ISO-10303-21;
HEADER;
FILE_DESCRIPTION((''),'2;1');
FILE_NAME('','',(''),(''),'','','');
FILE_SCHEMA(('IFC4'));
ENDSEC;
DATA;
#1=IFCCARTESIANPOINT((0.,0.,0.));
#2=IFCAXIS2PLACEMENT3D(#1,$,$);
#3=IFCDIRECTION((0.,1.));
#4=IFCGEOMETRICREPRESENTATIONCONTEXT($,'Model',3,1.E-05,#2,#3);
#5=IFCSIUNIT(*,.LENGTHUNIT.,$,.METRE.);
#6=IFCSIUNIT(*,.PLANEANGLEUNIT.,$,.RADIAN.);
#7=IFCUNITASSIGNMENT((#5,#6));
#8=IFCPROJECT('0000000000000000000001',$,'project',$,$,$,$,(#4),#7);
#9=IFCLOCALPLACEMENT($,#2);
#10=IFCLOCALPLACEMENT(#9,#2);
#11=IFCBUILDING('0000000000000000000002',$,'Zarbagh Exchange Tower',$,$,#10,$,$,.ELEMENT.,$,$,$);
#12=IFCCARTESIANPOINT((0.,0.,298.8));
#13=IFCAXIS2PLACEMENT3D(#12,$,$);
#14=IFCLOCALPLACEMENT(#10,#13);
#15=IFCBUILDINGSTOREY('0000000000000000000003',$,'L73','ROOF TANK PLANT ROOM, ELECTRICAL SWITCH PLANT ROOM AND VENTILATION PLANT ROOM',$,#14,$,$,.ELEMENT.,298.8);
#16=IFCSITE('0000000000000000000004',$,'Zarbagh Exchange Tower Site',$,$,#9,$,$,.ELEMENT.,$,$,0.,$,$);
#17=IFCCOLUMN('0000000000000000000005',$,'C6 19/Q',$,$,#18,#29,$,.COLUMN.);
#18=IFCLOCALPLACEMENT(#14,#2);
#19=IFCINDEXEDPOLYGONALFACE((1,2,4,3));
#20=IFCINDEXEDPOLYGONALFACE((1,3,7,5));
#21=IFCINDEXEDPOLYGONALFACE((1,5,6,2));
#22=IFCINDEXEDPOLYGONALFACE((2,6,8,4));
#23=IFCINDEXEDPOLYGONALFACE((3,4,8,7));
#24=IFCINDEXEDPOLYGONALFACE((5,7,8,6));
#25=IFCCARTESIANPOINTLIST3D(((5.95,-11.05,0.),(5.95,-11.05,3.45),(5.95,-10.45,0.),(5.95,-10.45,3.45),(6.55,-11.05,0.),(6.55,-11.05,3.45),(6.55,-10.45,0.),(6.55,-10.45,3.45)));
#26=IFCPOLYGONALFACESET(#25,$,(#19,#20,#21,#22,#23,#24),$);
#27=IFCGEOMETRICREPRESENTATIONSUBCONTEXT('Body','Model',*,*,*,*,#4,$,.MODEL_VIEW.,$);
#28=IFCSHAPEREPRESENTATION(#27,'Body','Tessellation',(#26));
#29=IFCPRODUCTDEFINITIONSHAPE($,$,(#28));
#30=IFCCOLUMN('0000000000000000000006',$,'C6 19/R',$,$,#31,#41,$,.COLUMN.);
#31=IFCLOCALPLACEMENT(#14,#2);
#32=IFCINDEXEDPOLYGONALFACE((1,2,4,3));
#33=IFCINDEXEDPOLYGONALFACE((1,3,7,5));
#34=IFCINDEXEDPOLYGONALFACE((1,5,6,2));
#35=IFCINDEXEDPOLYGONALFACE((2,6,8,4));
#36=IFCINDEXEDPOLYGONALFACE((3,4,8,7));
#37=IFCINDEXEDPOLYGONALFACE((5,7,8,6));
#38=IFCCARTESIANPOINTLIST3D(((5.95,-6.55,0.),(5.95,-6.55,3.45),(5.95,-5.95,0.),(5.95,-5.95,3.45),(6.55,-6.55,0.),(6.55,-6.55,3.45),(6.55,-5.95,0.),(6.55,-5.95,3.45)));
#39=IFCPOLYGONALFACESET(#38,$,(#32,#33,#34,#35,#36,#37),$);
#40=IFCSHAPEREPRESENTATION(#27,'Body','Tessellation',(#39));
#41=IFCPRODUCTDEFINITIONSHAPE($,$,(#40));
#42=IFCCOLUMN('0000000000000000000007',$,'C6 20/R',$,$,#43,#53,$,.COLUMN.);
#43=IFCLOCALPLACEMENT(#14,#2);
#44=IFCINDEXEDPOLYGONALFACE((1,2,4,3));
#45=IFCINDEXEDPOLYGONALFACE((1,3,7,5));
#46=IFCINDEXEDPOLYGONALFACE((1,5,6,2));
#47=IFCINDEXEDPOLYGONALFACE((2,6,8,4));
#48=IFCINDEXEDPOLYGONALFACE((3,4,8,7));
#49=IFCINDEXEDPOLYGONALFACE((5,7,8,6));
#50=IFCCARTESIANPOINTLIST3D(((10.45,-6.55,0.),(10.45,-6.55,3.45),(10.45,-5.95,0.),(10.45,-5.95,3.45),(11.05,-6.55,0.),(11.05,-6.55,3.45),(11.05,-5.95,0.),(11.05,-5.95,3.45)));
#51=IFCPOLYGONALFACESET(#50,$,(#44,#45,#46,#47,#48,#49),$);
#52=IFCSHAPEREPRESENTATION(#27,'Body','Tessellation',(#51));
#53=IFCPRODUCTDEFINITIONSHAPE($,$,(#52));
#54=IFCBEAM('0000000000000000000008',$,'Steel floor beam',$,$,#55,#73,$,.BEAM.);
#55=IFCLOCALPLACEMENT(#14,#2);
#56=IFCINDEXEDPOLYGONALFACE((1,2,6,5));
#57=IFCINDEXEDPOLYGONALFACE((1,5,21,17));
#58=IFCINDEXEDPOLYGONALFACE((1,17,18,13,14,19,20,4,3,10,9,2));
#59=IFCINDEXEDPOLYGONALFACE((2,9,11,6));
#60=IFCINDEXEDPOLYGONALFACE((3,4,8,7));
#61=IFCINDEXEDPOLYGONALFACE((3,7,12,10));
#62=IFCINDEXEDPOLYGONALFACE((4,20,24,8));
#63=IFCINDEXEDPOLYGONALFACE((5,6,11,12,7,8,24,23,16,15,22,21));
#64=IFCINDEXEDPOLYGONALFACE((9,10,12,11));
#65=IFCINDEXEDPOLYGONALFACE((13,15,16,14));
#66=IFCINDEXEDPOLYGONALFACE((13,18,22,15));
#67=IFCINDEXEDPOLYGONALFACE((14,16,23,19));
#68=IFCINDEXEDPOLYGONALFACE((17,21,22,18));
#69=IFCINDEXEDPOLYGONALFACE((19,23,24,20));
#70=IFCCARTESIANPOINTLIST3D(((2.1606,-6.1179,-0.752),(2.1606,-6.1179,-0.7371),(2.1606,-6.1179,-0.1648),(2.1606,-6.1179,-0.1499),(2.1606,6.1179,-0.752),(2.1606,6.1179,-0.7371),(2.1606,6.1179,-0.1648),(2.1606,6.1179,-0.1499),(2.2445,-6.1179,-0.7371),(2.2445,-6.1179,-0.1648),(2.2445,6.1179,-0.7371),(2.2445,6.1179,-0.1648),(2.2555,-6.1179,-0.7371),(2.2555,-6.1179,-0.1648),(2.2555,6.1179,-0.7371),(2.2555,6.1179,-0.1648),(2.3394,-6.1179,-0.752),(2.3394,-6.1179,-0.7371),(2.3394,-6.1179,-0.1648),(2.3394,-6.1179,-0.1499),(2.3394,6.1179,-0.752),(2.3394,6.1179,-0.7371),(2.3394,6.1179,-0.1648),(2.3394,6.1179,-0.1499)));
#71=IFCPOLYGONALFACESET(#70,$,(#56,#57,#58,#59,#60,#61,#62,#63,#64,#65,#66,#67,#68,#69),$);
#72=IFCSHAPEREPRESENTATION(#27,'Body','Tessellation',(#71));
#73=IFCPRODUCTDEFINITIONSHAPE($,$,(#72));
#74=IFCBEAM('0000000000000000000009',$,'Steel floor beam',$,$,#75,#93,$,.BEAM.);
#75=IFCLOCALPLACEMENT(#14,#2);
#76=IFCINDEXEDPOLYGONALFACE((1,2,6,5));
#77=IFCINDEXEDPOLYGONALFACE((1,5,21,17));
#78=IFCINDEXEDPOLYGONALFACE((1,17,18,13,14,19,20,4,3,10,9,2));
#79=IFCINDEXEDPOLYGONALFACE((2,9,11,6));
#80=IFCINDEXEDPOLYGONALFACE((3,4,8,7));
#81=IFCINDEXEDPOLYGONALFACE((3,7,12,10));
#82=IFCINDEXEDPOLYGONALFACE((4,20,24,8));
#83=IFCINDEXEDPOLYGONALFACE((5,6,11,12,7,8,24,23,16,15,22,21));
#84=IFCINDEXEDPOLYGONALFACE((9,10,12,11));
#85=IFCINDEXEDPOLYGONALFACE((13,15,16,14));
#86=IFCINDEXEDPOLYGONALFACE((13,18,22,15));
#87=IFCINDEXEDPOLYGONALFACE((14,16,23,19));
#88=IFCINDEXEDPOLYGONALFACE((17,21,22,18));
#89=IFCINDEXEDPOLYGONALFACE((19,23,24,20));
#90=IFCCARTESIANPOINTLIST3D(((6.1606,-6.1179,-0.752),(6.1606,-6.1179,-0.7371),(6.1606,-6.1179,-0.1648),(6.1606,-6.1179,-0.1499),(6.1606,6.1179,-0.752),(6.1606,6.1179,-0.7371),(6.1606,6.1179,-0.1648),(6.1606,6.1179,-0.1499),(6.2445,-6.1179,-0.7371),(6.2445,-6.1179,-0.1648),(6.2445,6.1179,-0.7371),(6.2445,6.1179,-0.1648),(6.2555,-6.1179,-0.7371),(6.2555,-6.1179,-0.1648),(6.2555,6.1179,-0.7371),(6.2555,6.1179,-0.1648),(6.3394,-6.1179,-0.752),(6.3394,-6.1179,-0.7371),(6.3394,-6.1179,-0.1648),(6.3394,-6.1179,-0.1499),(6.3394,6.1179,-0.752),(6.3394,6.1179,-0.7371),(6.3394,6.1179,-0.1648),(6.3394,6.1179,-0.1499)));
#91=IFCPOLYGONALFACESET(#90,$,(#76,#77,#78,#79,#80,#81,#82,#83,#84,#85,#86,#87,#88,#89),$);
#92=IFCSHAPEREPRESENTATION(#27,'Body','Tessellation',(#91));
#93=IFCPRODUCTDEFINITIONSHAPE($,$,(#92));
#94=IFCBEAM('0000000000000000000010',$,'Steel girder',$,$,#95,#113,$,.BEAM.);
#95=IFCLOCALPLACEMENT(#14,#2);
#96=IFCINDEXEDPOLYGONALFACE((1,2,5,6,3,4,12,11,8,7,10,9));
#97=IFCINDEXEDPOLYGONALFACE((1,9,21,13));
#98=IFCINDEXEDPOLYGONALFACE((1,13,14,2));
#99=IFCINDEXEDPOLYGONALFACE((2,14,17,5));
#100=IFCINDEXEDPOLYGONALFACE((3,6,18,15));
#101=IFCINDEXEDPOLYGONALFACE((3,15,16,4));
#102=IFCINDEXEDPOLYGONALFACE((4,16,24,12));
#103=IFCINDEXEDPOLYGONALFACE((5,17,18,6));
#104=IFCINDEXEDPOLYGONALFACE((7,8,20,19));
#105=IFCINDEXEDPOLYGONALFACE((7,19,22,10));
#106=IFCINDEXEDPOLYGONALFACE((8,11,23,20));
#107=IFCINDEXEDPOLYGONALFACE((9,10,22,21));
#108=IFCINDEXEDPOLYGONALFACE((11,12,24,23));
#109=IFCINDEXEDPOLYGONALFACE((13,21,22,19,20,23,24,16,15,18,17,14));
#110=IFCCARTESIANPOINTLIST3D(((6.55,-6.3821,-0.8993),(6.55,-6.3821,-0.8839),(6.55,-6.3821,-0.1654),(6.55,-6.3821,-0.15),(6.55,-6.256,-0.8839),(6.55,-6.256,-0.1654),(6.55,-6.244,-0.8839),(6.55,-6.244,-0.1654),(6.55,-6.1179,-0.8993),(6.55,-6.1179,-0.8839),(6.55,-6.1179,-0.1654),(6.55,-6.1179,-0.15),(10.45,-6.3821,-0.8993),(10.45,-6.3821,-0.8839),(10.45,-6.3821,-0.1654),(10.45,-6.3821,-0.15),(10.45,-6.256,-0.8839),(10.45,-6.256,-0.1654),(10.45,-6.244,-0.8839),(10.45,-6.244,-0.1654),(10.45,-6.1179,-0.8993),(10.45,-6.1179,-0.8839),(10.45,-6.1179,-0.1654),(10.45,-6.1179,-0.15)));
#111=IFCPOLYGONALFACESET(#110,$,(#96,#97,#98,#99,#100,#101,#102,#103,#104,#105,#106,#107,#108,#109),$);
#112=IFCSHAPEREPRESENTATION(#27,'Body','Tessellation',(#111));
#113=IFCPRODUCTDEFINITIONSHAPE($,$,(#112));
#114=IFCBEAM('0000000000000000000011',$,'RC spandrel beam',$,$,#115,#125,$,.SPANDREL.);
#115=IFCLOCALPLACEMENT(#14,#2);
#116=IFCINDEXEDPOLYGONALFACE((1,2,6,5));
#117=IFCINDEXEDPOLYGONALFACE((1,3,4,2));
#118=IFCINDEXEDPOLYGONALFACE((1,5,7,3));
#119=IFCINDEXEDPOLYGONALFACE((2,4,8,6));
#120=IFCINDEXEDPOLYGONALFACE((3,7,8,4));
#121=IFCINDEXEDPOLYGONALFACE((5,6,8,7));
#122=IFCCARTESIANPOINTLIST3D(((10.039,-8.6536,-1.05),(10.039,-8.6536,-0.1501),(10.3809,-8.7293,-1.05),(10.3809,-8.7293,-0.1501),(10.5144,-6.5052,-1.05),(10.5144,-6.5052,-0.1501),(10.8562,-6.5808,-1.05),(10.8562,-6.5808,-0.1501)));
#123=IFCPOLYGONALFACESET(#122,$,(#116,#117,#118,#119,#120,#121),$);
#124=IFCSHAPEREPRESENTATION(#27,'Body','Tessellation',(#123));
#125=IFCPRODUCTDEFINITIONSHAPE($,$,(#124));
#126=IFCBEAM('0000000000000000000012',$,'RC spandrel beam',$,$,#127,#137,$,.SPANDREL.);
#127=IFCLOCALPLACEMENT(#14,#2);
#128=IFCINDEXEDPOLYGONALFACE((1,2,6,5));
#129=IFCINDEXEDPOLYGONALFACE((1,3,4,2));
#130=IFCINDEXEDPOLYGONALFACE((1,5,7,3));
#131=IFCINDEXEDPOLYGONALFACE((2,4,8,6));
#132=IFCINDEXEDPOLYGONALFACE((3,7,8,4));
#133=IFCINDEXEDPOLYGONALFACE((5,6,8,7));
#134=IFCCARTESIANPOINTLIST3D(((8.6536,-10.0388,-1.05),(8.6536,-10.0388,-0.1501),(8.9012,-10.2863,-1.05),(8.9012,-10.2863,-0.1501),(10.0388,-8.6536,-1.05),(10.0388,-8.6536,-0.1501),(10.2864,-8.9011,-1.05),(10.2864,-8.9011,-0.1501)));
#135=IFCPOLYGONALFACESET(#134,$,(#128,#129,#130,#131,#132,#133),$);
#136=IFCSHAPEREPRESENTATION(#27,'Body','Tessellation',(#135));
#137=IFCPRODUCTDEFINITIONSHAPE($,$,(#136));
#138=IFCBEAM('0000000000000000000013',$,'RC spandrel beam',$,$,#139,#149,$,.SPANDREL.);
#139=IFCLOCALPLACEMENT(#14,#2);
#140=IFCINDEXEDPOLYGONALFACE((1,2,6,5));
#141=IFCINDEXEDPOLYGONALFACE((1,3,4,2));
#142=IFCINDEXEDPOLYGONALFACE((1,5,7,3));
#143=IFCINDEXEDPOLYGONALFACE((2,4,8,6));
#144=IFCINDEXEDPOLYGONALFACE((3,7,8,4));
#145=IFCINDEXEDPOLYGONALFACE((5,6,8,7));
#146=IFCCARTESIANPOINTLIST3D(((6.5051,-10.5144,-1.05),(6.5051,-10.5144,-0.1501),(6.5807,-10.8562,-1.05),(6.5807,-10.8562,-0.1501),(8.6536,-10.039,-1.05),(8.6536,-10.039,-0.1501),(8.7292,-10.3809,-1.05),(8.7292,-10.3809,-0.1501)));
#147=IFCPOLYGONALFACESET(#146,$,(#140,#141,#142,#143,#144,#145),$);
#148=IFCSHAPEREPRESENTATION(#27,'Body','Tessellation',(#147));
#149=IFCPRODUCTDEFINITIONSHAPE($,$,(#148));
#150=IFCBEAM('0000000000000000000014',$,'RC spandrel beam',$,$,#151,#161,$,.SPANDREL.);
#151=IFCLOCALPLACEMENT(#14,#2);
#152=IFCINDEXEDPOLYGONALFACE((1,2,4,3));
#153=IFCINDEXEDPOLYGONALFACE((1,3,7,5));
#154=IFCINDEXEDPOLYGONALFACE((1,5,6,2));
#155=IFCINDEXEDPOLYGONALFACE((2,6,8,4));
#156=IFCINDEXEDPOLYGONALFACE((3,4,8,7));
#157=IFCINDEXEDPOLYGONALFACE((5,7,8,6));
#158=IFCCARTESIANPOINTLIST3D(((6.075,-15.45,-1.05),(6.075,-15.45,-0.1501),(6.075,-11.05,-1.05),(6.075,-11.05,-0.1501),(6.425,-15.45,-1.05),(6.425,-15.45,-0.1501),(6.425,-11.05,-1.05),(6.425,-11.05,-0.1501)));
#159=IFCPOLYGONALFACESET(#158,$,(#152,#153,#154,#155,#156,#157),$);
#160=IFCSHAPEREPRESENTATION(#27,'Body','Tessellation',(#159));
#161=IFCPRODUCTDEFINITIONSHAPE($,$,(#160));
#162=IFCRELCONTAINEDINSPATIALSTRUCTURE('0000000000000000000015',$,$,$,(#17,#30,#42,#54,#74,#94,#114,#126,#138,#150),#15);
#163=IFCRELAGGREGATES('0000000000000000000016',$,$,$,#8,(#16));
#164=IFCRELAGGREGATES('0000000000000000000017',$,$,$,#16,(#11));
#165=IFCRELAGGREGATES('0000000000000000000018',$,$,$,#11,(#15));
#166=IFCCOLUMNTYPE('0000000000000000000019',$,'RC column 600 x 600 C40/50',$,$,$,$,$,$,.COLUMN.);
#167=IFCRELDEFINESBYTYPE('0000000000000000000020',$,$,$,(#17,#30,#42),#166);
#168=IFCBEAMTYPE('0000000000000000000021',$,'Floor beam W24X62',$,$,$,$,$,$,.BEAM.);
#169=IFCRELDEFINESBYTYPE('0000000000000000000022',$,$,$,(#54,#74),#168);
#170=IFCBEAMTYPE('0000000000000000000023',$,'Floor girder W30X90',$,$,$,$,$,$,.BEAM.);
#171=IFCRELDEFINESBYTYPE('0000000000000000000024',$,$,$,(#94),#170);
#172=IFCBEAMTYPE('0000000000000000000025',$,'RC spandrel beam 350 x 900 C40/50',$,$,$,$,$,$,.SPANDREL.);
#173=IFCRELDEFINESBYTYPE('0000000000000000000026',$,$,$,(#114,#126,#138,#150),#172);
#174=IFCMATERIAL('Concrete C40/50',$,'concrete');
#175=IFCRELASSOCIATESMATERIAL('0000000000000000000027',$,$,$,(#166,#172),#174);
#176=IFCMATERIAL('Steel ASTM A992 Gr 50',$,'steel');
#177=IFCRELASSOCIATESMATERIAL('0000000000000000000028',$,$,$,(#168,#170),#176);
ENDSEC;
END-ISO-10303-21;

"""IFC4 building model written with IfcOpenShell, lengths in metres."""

from ifc_helpers import new_model, si_unit, direction, frame, origin, origin_2d, place, context, subcontext, project, spatial, rectangle, i_section, extrude, material, material_profile, profile_set, type_object, element, save


model = new_model("IFC4")

# Units and contexts
model_context = context("Model", 3, precision=1e-05, world=origin(), true_north=direction((0.0, 1.0)))
body_context = subcontext(model_context, "Body", "Model", "MODEL_VIEW")
ifc_project = project(units=[si_unit("LENGTHUNIT", "METRE"), si_unit("PLANEANGLEUNIT", "RADIAN")], contexts=[model_context])

# Site, building, storey
site_placement = place(None, origin())
site = spatial("IfcSite", under=ifc_project, at=site_placement, Name="Zarbagh Exchange Tower Site", CompositionType="ELEMENT", RefElevation=0.0)
building_placement = place(site_placement, origin())
building = spatial("IfcBuilding", under=site, at=building_placement, Name="Zarbagh Exchange Tower", CompositionType="ELEMENT")
storey_placement = place(building_placement, frame((0.0, 0.0, 298.8)))
storey = spatial("IfcBuildingStorey", under=building, at=storey_placement, Name="L73", Description="ROOF TANK PLANT ROOM, ELECTRICAL SWITCH PLANT ROOM AND VENTILATION PLANT ROOM", CompositionType="ELEMENT", Elevation=298.8)

# Columns
ifc_material_1 = material(Name="Concrete C40/50", Category="concrete")
ifc_material_profile_1 = material_profile(ifc_material_1, rectangle(XDim=0.6001, YDim=0.6001, at=origin_2d()), Name="RC column 600 x 600 C40/50")
ifc_profile_set_1 = profile_set([ifc_material_profile_1], Name="Concrete C40/50")
column_type = type_object("IfcColumnType", Name="RC column 600 x 600 C40/50", PredefinedType="COLUMN", material=ifc_profile_set_1)
for number, where, z_axis, x_axis, name in (
    (1, (6.25, -10.75, 0.0), (0.0, 0.0, 1.0), (1.0, 0.0, 0.0), "C6 19/Q"),
    (2, (6.25, -6.25, 0.0), (0.0, 0.0, 1.0), (1.0, 0.0, 0.0), "C6 19/R"),
    (3, (10.75, -6.25, 0.0), (0.0, 0.0, 1.0), (1.0, 0.0, 0.0), "C6 20/R"),
):
    element("IfcColumn", number, at=place(storey_placement, frame(where, z_axis=z_axis, x_axis=x_axis)), inside=storey, type_object=column_type, Name=name, PredefinedType="COLUMN", context=body_context, shape_type="SweptSolid", body=[
        extrude(rectangle(XDim=0.6001, YDim=0.6001, at=origin_2d()), origin(), (0.0, 0.0, 1.0), 3.45),
    ])

# Beams
ifc_material_2 = material(Name="Steel ASTM A992 Gr 50", Category="steel")
ifc_material_profile_2 = material_profile(ifc_material_2, i_section(OverallWidth=0.1787, OverallDepth=0.6021, WebThickness=0.011, FlangeThickness=0.0149, at=origin_2d()), Name="W24X62")
ifc_profile_set_2 = profile_set([ifc_material_profile_2], Name="Steel ASTM A992 Gr 50")
beam_type_1 = type_object("IfcBeamType", Name="Floor beam W24X62", PredefinedType="BEAM", material=ifc_profile_set_2)
for number, where, z_axis, x_axis, name in (
    (4, (2.25, -6.1179, -0.4509), (0.0, 1.0, 0.0), (-1.0, 0.0, 0.0), "Steel floor beam"),
    (5, (6.25, -6.1179, -0.4509), (0.0, 1.0, 0.0), (-1.0, 0.0, 0.0), "Steel floor beam"),
):
    element("IfcBeam", number, at=place(storey_placement, frame(where, z_axis=z_axis, x_axis=x_axis)), inside=storey, type_object=beam_type_1, Name=name, PredefinedType="BEAM", context=body_context, shape_type="SweptSolid", body=[
        extrude(i_section(OverallWidth=0.1787, OverallDepth=0.6021, WebThickness=0.011, FlangeThickness=0.0149, at=origin_2d()), origin(), (0.0, 0.0, 1.0), 12.2358),
    ])
ifc_material_profile_3 = material_profile(ifc_material_2, i_section(OverallWidth=0.2642, OverallDepth=0.7493, WebThickness=0.012, FlangeThickness=0.0154, at=origin_2d()), Name="W30X90")
ifc_profile_set_3 = profile_set([ifc_material_profile_3], Name="Steel ASTM A992 Gr 50")
beam_type_2 = type_object("IfcBeamType", Name="Floor girder W30X90", PredefinedType="BEAM", material=ifc_profile_set_3)
beam_1_placement = place(storey_placement, frame((6.55, -6.25, -0.5247), z_axis=(1.0, 0.0, 0.0), x_axis=(0.0, 1.0, 0.0)))
element("IfcBeam", 6, at=beam_1_placement, inside=storey, type_object=beam_type_2, Name="Steel girder", PredefinedType="BEAM", context=body_context, shape_type="SweptSolid", body=[
    extrude(i_section(OverallWidth=0.2642, OverallDepth=0.7493, WebThickness=0.012, FlangeThickness=0.0154, at=origin_2d()), origin(), (0.0, 0.0, 1.0), 3.8999),
])
ifc_material_profile_4 = material_profile(ifc_material_1, rectangle(XDim=0.3501, YDim=0.8999, at=origin_2d()), Name="RC spandrel beam 350 x 900 C40/50")
ifc_profile_set_4 = profile_set([ifc_material_profile_4], Name="Concrete C40/50")
beam_type_3 = type_object("IfcBeamType", Name="RC spandrel beam 350 x 900 C40/50", PredefinedType="SPANDREL", material=ifc_profile_set_4)
beam_2_placement = place(storey_placement, frame((10.6853, -6.543, -0.6001), z_axis=(-0.216026, -0.976388, 0.0), x_axis=(0.976388, -0.216026, 0.0)))
element("IfcBeam", 7, at=beam_2_placement, inside=storey, type_object=beam_type_3, Name="RC spandrel beam", PredefinedType="SPANDREL", context=body_context, shape_type="SweptSolid", body=[
    extrude(rectangle(XDim=0.3501, YDim=0.8999, at=origin_2d()), origin(), (0.0, 0.0, 1.0), 2.2004),
])
beam_3_placement = place(storey_placement, frame((10.1626, -8.7773, -0.6001), z_axis=(-0.707107, -0.707107, 0.0), x_axis=(0.707107, -0.707107, 0.0)))
element("IfcBeam", 8, at=beam_3_placement, inside=storey, type_object=beam_type_3, Name="RC spandrel beam", PredefinedType="SPANDREL", context=body_context, shape_type="SweptSolid", body=[
    extrude(rectangle(XDim=0.3501, YDim=0.8999, at=origin_2d()), origin(), (0.0, 0.0, 1.0), 1.959),
])
beam_4_placement = place(storey_placement, frame((8.6914, -10.21, -0.6001), z_axis=(-0.976388, -0.216026, 0.0), x_axis=(0.216026, -0.976388, 0.0)))
element("IfcBeam", 9, at=beam_4_placement, inside=storey, type_object=beam_type_3, Name="RC spandrel beam", PredefinedType="SPANDREL", context=body_context, shape_type="SweptSolid", body=[
    extrude(rectangle(XDim=0.3501, YDim=0.8999, at=origin_2d()), origin(), (0.0, 0.0, 1.0), 2.2004),
])
beam_5_placement = place(storey_placement, frame((6.25, -11.05, -0.6001), z_axis=(0.0, -1.0, 0.0), x_axis=(1.0, 0.0, 0.0)))
element("IfcBeam", 10, at=beam_5_placement, inside=storey, type_object=beam_type_3, Name="RC spandrel beam", PredefinedType="SPANDREL", context=body_context, shape_type="SweptSolid", body=[
    extrude(rectangle(XDim=0.3501, YDim=0.8999, at=origin_2d()), origin(), (0.0, 0.0, 1.0), 4.3999),
])

save(model, "model.ifc")
